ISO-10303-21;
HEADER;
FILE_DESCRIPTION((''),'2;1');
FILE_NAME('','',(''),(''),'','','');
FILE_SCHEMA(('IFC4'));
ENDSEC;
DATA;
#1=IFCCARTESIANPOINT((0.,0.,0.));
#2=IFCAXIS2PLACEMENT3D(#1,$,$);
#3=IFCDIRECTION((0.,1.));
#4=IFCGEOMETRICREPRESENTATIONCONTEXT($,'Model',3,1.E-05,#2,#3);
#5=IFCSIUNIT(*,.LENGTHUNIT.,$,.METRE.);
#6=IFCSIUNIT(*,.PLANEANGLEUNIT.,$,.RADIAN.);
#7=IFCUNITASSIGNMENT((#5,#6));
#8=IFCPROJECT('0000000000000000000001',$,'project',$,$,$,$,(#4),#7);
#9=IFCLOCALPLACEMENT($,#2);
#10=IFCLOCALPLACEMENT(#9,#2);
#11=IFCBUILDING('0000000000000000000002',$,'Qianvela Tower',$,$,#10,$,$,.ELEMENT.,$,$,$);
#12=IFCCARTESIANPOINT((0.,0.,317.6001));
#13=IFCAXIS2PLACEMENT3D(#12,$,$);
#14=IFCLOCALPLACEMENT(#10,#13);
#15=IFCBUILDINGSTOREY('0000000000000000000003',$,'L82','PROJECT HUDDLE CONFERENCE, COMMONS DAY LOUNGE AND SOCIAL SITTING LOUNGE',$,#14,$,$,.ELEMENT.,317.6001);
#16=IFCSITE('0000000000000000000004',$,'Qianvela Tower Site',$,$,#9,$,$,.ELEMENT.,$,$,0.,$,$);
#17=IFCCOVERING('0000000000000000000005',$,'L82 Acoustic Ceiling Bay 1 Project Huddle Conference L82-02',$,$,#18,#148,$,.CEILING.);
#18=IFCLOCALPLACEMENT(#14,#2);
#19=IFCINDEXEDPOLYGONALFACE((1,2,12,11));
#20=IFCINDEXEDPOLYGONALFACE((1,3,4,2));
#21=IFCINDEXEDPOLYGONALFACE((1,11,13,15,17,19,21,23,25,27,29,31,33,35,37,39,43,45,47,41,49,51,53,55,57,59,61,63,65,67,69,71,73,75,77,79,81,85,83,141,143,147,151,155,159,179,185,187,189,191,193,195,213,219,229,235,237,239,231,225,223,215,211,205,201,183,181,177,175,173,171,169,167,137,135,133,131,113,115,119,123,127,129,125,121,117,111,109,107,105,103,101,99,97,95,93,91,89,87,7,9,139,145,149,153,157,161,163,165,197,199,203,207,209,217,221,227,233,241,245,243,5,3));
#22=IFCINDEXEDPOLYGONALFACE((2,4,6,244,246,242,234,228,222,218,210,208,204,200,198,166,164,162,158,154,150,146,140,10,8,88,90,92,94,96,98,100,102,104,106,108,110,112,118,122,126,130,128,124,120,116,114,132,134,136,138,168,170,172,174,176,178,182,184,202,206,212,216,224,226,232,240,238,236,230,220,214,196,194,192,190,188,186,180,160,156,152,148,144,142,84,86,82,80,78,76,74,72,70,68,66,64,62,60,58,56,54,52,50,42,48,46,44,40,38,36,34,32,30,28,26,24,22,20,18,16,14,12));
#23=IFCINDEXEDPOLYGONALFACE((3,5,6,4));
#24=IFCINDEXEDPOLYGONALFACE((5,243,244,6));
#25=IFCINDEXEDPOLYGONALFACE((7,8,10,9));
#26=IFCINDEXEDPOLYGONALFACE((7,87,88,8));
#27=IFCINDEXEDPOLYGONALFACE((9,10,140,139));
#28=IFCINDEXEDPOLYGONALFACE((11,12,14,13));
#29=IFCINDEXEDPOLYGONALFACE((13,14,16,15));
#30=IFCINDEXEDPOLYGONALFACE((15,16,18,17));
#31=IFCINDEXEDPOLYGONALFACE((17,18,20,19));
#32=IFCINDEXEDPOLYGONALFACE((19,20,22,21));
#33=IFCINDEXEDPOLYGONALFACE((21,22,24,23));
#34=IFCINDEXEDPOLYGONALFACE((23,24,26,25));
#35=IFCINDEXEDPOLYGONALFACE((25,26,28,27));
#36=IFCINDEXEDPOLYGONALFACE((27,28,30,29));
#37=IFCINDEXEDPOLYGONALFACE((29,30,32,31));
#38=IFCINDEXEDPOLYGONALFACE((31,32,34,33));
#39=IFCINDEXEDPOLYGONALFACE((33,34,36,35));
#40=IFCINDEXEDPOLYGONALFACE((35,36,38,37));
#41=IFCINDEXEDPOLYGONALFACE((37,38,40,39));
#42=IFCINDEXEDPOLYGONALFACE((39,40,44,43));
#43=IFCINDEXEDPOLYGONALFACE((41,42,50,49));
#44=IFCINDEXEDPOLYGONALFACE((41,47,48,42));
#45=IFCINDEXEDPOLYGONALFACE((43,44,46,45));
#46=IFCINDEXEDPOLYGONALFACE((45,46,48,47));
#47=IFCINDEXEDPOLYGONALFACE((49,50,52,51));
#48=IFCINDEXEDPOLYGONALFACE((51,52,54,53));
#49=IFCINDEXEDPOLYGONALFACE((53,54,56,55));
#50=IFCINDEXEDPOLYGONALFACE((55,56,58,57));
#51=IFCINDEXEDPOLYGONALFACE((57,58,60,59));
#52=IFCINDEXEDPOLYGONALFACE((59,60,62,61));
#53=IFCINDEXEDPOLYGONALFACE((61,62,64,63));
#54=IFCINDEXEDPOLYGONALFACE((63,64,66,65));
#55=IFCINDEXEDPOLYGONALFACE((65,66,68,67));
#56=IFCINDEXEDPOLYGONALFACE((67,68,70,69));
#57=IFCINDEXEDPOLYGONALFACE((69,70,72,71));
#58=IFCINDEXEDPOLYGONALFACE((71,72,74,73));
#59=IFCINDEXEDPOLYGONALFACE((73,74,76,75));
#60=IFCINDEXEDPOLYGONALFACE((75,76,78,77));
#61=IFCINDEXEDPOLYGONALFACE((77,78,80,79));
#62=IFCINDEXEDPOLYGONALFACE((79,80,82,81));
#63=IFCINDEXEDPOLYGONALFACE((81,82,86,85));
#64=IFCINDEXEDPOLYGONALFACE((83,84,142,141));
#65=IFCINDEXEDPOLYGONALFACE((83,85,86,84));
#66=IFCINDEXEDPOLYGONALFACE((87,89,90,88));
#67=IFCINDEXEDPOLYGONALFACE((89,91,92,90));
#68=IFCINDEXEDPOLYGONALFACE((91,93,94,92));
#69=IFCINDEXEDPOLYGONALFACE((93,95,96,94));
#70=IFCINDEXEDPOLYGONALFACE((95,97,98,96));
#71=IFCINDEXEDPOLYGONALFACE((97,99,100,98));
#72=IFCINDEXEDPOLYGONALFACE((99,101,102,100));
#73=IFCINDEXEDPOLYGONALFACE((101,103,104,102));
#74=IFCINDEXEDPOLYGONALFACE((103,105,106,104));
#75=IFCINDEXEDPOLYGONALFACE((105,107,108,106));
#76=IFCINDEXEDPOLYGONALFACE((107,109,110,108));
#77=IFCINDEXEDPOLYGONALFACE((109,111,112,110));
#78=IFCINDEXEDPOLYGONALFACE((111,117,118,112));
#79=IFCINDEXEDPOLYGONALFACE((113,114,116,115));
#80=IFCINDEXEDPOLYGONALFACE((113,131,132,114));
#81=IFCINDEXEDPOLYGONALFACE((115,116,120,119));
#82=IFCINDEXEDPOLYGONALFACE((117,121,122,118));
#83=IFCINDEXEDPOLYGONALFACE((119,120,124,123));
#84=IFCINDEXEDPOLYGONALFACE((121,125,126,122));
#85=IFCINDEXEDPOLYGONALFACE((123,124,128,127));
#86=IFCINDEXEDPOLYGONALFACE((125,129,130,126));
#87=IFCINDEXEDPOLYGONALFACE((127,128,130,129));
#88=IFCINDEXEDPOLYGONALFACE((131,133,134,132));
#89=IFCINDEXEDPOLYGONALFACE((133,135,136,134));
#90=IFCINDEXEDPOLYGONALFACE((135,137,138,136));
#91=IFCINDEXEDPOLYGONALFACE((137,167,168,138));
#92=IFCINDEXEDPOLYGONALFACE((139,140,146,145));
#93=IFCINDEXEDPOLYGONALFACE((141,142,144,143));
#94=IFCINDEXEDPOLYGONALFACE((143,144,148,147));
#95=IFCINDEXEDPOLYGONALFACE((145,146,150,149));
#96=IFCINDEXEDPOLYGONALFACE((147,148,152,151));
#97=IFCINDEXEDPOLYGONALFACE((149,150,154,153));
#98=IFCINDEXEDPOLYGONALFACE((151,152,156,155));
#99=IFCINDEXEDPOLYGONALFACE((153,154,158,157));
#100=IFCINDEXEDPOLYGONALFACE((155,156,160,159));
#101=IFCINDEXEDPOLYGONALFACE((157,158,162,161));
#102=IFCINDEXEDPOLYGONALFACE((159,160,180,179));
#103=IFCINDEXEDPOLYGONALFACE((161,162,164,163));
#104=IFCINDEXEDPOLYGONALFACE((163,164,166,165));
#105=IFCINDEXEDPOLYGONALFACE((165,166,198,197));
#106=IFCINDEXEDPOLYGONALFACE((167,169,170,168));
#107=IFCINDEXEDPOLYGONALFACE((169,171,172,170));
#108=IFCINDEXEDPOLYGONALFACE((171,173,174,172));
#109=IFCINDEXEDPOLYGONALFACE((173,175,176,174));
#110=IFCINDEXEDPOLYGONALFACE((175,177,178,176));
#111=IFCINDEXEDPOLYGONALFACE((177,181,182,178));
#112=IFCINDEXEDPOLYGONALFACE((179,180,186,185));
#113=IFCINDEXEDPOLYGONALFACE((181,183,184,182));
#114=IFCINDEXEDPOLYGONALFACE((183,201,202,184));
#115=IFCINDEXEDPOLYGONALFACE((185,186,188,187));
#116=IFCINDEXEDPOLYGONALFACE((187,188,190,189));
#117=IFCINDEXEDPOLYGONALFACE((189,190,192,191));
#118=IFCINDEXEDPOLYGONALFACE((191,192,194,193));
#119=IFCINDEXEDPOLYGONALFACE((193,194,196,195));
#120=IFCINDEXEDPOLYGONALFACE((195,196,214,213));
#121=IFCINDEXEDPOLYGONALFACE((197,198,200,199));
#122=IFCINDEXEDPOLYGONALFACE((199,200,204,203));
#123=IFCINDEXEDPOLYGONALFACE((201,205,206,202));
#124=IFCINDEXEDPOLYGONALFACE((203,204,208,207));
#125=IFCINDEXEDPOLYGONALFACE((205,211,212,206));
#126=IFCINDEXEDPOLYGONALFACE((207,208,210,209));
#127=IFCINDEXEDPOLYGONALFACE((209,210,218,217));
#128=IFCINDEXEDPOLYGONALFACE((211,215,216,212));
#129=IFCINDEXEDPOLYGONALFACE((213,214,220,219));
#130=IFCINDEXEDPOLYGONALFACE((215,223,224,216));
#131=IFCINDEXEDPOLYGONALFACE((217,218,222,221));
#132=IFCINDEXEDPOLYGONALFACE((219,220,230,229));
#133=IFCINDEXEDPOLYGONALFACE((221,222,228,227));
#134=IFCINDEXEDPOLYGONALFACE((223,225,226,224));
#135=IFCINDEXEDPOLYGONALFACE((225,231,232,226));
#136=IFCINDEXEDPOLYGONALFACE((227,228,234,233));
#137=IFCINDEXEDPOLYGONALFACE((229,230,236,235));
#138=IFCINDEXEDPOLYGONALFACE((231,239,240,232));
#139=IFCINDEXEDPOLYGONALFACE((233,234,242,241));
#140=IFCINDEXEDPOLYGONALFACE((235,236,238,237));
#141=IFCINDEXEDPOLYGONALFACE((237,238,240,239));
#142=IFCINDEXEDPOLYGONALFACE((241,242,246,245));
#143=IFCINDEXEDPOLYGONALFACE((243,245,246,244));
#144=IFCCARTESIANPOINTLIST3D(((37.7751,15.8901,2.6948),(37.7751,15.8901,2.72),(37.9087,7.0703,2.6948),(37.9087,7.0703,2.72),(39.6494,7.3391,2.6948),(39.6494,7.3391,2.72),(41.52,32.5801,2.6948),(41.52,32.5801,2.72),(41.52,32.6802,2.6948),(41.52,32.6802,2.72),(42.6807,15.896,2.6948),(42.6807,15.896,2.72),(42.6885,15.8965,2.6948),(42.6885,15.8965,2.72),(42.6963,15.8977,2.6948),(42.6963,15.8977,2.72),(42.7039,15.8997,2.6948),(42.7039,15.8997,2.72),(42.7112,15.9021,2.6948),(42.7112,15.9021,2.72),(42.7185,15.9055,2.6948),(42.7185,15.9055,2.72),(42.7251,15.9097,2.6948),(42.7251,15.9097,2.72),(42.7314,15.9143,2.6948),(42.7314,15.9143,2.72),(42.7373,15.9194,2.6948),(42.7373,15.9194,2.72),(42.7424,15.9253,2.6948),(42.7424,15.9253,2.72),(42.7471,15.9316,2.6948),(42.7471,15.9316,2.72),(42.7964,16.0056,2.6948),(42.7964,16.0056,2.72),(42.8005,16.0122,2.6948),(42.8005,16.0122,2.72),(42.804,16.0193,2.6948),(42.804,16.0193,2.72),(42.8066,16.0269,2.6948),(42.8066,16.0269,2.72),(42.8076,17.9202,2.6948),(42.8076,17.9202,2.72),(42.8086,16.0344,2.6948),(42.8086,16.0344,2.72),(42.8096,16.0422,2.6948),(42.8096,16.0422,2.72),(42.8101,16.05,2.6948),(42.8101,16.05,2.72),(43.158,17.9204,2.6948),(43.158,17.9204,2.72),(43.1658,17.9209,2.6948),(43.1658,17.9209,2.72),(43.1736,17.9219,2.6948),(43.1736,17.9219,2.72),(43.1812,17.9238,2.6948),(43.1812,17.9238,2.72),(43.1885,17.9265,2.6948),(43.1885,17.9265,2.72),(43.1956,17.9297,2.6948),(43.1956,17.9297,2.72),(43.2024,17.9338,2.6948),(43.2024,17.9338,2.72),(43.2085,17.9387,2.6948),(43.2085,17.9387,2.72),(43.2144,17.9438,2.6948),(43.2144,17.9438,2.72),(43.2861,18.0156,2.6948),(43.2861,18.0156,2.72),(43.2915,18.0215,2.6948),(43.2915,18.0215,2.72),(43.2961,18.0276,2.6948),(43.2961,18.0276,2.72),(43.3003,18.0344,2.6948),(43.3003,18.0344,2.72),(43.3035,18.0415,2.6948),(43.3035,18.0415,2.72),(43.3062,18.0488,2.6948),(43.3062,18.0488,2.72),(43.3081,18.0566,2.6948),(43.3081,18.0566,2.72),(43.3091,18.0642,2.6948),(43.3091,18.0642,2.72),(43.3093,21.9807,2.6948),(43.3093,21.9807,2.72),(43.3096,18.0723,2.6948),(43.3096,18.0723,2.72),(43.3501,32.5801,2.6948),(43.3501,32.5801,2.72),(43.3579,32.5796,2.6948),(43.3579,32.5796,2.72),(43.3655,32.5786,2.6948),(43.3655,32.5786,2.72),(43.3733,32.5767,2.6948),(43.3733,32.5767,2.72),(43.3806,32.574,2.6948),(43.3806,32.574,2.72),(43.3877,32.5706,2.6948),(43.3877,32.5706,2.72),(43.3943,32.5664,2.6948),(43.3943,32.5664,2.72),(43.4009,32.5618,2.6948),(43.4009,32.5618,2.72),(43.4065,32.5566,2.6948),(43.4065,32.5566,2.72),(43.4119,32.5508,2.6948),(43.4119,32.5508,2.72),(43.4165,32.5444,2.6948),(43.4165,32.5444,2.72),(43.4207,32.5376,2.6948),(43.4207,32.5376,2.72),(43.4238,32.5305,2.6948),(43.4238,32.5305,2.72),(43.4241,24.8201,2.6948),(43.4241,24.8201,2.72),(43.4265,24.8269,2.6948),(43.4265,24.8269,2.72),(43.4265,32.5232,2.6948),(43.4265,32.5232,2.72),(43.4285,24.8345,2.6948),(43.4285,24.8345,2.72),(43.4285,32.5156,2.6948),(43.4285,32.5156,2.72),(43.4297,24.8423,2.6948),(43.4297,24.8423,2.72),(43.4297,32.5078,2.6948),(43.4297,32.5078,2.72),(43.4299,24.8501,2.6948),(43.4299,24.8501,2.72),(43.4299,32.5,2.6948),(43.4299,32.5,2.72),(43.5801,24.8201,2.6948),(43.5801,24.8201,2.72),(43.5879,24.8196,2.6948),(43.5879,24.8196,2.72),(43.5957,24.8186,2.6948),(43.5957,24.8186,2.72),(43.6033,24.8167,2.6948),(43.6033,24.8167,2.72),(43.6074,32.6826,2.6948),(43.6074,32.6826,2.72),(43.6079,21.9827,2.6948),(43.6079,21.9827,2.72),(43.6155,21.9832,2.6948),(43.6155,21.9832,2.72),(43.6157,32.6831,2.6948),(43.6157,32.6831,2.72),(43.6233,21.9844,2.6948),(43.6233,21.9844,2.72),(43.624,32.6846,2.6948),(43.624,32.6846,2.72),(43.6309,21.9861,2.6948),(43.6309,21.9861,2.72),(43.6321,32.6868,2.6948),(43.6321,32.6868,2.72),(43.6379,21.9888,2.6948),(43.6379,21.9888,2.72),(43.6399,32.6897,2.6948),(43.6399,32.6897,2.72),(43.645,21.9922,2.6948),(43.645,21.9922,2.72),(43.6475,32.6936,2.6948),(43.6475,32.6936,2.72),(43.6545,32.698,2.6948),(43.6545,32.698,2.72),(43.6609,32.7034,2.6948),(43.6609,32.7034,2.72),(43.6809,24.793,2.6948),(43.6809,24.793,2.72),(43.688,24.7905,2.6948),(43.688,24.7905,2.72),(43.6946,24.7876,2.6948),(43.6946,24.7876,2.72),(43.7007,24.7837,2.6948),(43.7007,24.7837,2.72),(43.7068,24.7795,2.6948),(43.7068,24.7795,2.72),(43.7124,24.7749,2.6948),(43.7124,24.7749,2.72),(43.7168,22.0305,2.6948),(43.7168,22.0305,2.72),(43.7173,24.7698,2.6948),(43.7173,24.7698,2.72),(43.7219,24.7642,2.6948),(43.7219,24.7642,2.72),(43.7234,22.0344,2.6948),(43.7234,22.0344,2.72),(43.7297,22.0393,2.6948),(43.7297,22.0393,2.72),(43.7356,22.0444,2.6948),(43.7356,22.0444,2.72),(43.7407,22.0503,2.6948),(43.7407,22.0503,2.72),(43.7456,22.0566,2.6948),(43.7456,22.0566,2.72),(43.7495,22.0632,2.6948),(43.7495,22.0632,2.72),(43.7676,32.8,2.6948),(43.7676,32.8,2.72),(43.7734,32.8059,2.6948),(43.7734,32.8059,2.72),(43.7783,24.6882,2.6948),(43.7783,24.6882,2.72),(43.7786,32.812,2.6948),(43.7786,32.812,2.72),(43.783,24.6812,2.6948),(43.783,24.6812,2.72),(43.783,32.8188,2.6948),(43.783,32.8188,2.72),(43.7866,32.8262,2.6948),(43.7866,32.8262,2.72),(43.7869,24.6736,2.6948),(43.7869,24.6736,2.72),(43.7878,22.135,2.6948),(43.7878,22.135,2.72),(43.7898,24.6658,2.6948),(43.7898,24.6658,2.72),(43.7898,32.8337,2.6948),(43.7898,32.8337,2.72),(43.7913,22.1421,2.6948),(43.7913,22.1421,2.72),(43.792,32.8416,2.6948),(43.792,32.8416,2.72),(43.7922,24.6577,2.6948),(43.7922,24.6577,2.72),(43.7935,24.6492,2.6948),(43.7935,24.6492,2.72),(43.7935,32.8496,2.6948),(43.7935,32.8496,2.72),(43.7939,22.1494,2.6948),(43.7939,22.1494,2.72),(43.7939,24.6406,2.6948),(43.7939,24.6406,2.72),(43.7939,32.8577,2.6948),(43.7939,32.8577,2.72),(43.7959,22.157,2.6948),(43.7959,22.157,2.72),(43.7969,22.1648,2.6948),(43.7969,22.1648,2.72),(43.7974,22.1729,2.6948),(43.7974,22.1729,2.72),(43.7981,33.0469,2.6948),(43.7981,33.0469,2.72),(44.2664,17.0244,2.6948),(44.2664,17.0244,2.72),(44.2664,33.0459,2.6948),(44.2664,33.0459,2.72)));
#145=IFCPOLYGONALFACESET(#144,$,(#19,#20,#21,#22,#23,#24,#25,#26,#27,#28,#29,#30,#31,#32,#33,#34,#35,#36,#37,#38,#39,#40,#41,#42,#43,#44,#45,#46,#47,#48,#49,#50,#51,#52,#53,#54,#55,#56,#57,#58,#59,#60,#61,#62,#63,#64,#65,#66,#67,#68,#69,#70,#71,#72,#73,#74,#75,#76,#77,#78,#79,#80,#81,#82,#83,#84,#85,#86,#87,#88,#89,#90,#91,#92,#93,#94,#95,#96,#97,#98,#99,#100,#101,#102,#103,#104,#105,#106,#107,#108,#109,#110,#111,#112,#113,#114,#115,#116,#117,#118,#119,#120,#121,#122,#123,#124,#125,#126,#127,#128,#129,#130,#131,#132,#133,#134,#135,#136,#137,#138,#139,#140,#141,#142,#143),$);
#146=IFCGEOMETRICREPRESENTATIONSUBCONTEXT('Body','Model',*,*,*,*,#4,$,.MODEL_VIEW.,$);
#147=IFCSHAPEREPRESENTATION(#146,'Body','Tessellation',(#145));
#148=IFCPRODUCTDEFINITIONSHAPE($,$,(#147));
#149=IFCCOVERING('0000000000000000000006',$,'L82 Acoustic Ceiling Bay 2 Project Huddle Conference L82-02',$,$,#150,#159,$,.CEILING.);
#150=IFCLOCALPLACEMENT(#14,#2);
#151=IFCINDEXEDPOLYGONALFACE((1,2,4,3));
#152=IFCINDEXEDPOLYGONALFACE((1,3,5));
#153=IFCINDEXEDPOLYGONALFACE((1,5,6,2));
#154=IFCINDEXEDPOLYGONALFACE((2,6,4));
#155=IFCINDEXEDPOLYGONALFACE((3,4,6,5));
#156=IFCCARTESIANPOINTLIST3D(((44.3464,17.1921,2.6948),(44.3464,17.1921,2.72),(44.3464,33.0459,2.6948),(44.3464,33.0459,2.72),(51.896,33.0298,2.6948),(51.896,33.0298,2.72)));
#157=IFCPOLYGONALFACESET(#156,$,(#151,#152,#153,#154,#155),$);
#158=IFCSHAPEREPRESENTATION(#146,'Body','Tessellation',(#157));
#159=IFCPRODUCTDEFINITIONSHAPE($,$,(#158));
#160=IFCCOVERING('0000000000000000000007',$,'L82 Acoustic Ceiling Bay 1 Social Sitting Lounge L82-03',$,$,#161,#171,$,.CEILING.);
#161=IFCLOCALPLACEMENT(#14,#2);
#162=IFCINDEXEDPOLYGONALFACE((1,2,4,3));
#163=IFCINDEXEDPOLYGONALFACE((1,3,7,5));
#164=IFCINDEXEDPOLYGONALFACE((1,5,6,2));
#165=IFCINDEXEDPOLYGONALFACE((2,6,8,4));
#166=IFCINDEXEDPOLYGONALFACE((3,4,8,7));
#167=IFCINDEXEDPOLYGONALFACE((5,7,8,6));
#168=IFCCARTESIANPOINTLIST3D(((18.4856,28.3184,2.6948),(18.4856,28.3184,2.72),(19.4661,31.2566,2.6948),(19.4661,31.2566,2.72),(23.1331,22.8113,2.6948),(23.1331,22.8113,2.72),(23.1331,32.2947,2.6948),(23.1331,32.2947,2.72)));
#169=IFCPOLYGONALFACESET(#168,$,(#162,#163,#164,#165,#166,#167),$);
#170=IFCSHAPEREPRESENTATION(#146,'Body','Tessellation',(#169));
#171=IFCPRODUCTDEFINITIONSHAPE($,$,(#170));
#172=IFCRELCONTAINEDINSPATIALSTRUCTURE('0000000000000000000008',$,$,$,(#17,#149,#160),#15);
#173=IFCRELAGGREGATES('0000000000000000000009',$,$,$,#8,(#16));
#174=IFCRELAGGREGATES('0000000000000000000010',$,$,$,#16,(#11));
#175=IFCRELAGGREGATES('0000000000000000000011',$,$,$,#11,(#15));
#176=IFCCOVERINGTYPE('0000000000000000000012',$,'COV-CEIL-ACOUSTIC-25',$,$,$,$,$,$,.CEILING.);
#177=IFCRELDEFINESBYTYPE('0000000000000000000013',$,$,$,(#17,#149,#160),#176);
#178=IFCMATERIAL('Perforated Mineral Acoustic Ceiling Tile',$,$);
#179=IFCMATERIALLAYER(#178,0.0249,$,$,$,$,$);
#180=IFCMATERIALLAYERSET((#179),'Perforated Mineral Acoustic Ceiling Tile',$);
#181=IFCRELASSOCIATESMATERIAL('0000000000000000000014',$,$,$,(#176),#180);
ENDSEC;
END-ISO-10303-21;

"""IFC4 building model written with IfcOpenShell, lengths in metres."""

from ifc_helpers import new_model, si_unit, direction, frame, origin, place, context, subcontext, project, spatial, polyline, outline, extrude, material, layer, layer_set, type_object, element, save


model = new_model("IFC4")

# Units and contexts
model_context = context("Model", 3, precision=1e-05, world=origin(), true_north=direction((0.0, 1.0)))
body_context = subcontext(model_context, "Body", "Model", "MODEL_VIEW")
ifc_project = project(units=[si_unit("LENGTHUNIT", "METRE"), si_unit("PLANEANGLEUNIT", "RADIAN")], contexts=[model_context])

# Site, building, storey
site_placement = place(None, origin())
site = spatial("IfcSite", under=ifc_project, at=site_placement, Name="Qianvela Tower Site", CompositionType="ELEMENT", RefElevation=0.0)
building_placement = place(site_placement, origin())
building = spatial("IfcBuilding", under=site, at=building_placement, Name="Qianvela Tower", CompositionType="ELEMENT")
storey_placement = place(building_placement, frame((0.0, 0.0, 317.6001)))
storey = spatial("IfcBuildingStorey", under=building, at=storey_placement, Name="L82", Description="PROJECT HUDDLE CONFERENCE, COMMONS DAY LOUNGE AND SOCIAL SITTING LOUNGE", CompositionType="ELEMENT", Elevation=317.6001)

# Coverings
ifc_material_1 = material(Name="Perforated Mineral Acoustic Ceiling Tile")
ifc_layer_1 = layer(ifc_material_1, 0.0249)
ifc_layer_set_1 = layer_set([ifc_layer_1], Name="Perforated Mineral Acoustic Ceiling Tile")
covering_type_1 = type_object("IfcCoveringType", Name="COV-CEIL-ACOUSTIC-25", PredefinedType="CEILING", material=ifc_layer_set_1)
covering_1_placement = place(storey_placement, frame((0.0, 0.0, 2.6948)))
element("IfcCovering", 1, at=covering_1_placement, inside=storey, type_object=covering_type_1, Name="L82 Acoustic Ceiling Bay 1 Project Huddle Conference L82-02", PredefinedType="CEILING", context=body_context, shape_type="SweptSolid", body=[
    extrude(outline(polyline([(42.6807, 15.896), (42.6885, 15.8965), (42.6963, 15.8977), (42.7039, 15.8997), (42.7112, 15.9021), (42.7185, 15.9055), (42.7251, 15.9097), (42.7314, 15.9143), (42.7373, 15.9194), (42.7424, 15.9253), (42.7471, 15.9316), (42.7964, 16.0056), (42.8005, 16.0122), (42.804, 16.0193), (42.8066, 16.0269), (42.8086, 16.0344), (42.8096, 16.0422), (42.8101, 16.05), (42.8076, 17.9202), (43.158, 17.9204), (43.1658, 17.9209), (43.1736, 17.9219), (43.1812, 17.9238), (43.1885, 17.9265), (43.1956, 17.9297), (43.2024, 17.9338), (43.2085, 17.9387), (43.2144, 17.9438), (43.2861, 18.0156), (43.2915, 18.0215), (43.2961, 18.0276), (43.3003, 18.0344), (43.3035, 18.0415), (43.3062, 18.0488), (43.3081, 18.0566), (43.3091, 18.0642), (43.3096, 18.0723), (43.3093, 21.9807), (43.6079, 21.9827), (43.6155, 21.9832), (43.6233, 21.9844), (43.6309, 21.9861), (43.6379, 21.9888), (43.645, 21.9922), (43.7168, 22.0305), (43.7234, 22.0344), (43.7297, 22.0393), (43.7356, 22.0444), (43.7407, 22.0503), (43.7456, 22.0566), (43.7495, 22.0632), (43.7878, 22.135), (43.7913, 22.1421), (43.7939, 22.1494), (43.7959, 22.157), (43.7969, 22.1648), (43.7974, 22.1729), (43.7939, 24.6406), (43.7935, 24.6492), (43.7922, 24.6577), (43.7898, 24.6658), (43.7869, 24.6736), (43.783, 24.6812), (43.7783, 24.6882), (43.7219, 24.7642), (43.7173, 24.7698), (43.7124, 24.7749), (43.7068, 24.7795), (43.7007, 24.7837), (43.6946, 24.7876), (43.688, 24.7905), (43.6809, 24.793), (43.6033, 24.8167), (43.5957, 24.8186), (43.5879, 24.8196), (43.5801, 24.8201), (43.4241, 24.8201), (43.4265, 24.8269), (43.4285, 24.8345), (43.4297, 24.8423), (43.4299, 24.8501), (43.4299, 32.5), (43.4297, 32.5078), (43.4285, 32.5156), (43.4265, 32.5232), (43.4238, 32.5305), (43.4207, 32.5376), (43.4165, 32.5444), (43.4119, 32.5508), (43.4065, 32.5566), (43.4009, 32.5618), (43.3943, 32.5664), (43.3877, 32.5706), (43.3806, 32.574), (43.3733, 32.5767), (43.3655, 32.5786), (43.3579, 32.5796), (43.3501, 32.5801), (41.52, 32.5801), (41.52, 32.6802), (43.6074, 32.6826), (43.6157, 32.6831), (43.624, 32.6846), (43.6321, 32.6868), (43.6399, 32.6897), (43.6475, 32.6936), (43.6545, 32.698), (43.6609, 32.7034), (43.7676, 32.8), (43.7734, 32.8059), (43.7786, 32.812), (43.783, 32.8188), (43.7866, 32.8262), (43.7898, 32.8337), (43.792, 32.8416), (43.7935, 32.8496), (43.7939, 32.8577), (43.7981, 33.0469), (44.2664, 33.0459), (44.2664, 17.0244), (39.6494, 7.3391), (37.9087, 7.0703), (37.7751, 15.8901), (42.6807, 15.896)])), origin(), (0.0, 0.0, 1.0), 0.0251),
])
covering_2_placement = place(storey_placement, frame((0.0, 0.0, 2.6948)))
element("IfcCovering", 2, at=covering_2_placement, inside=storey, type_object=covering_type_1, Name="L82 Acoustic Ceiling Bay 2 Project Huddle Conference L82-02", PredefinedType="CEILING", context=body_context, shape_type="SweptSolid", body=[
    extrude(outline(polyline([(51.896, 33.0298), (44.3464, 17.1921), (44.3464, 33.0459), (51.896, 33.0298)])), origin(), (0.0, 0.0, 1.0), 0.0251),
])
covering_3_placement = place(storey_placement, frame((0.0, 0.0, 2.6948)))
element("IfcCovering", 3, at=covering_3_placement, inside=storey, type_object=covering_type_1, Name="L82 Acoustic Ceiling Bay 1 Social Sitting Lounge L82-03", PredefinedType="CEILING", context=body_context, shape_type="SweptSolid", body=[
    extrude(outline(polyline([(18.4856, 28.3184), (19.4661, 31.2566), (23.1331, 32.2947), (23.1331, 22.8113), (18.4856, 28.3184)])), origin(), (0.0, 0.0, 1.0), 0.0251),
])

save(model, "model.ifc")
